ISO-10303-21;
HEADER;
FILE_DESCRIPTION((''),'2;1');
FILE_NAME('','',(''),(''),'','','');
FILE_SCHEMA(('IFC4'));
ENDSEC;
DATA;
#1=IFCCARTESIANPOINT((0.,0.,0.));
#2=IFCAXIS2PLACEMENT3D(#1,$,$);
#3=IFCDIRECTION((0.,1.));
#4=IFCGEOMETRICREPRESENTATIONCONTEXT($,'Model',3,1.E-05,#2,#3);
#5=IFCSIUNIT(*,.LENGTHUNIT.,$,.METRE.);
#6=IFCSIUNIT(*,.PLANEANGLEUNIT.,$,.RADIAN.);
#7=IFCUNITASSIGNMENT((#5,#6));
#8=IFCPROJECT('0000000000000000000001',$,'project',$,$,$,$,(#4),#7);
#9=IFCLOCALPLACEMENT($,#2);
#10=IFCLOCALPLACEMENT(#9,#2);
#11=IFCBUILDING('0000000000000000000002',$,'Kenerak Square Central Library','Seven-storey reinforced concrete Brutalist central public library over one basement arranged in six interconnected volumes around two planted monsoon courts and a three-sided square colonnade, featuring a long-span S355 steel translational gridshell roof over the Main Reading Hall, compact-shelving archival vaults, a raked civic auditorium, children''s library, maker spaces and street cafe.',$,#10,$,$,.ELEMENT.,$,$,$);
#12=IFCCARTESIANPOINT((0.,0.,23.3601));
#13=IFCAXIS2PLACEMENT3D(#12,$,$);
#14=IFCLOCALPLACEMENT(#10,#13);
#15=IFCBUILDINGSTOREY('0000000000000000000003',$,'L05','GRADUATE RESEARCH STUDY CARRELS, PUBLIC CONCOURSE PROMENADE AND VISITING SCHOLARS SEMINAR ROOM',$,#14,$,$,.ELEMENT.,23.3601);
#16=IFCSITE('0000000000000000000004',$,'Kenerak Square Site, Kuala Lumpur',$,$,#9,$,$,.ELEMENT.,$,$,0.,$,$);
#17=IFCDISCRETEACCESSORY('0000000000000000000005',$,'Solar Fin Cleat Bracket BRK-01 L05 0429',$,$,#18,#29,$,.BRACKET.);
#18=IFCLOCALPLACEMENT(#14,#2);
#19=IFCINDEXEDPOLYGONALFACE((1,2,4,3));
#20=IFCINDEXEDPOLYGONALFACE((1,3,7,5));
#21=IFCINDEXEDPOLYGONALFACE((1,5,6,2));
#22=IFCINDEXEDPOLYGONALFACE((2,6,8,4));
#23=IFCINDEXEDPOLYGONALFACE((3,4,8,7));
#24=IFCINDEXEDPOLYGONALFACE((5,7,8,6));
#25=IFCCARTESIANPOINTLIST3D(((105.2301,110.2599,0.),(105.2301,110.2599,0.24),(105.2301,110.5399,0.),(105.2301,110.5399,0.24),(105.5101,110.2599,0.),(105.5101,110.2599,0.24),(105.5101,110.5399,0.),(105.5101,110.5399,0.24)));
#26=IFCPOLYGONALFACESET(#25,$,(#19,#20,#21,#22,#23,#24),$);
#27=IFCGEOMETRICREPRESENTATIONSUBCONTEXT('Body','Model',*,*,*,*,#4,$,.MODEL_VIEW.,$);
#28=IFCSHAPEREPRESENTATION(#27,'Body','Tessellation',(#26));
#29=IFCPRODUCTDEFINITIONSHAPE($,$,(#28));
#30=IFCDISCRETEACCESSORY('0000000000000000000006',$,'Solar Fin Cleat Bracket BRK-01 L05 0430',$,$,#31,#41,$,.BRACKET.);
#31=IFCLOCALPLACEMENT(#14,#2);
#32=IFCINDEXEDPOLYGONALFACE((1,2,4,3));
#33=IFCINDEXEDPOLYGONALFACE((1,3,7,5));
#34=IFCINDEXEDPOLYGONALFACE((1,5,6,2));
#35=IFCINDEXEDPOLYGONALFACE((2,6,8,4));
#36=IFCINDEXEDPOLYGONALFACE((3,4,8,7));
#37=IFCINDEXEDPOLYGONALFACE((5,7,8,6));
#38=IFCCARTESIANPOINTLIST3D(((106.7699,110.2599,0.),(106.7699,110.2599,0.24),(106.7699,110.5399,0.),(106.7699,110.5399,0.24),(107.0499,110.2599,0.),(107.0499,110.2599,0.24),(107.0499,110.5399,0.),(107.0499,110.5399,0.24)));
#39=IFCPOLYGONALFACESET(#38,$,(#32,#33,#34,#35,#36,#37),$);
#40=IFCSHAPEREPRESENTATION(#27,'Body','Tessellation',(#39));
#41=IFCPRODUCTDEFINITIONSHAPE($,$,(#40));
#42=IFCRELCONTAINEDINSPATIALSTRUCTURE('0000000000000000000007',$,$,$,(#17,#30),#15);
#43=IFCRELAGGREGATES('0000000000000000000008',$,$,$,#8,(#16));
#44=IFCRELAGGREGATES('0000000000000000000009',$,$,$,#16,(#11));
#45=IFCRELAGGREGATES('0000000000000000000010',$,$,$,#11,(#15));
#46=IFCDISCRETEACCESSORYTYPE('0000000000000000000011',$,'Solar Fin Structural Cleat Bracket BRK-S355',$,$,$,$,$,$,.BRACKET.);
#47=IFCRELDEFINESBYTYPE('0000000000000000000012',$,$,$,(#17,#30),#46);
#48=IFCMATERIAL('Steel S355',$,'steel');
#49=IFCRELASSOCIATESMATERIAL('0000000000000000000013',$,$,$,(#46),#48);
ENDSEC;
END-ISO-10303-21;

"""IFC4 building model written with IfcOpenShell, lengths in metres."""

from ifc_helpers import new_model, si_unit, direction, frame, origin, origin_2d, place, context, subcontext, project, spatial, rectangle, extrude, material, type_object, element, save


model = new_model("IFC4")

# Units and contexts
model_context = context("Model", 3, precision=1e-05, world=origin(), true_north=direction((0.0, 1.0)))
body_context = subcontext(model_context, "Body", "Model", "MODEL_VIEW")
ifc_project = project(units=[si_unit("LENGTHUNIT", "METRE"), si_unit("PLANEANGLEUNIT", "RADIAN")], contexts=[model_context])

# Site, building, storey
site_placement = place(None, origin())
site = spatial("IfcSite", under=ifc_project, at=site_placement, Name="Kenerak Square Site, Kuala Lumpur", CompositionType="ELEMENT", RefElevation=0.0)
building_placement = place(site_placement, origin())
building = spatial("IfcBuilding", under=site, at=building_placement, Name="Kenerak Square Central Library", Description="Seven-storey reinforced concrete Brutalist central public library over one basement arranged in six interconnected volumes around two planted monsoon courts and a three-sided square colonnade, featuring a long-span S355 steel translational gridshell roof over the Main Reading Hall, compact-shelving archival vaults, a raked civic auditorium, children's library, maker spaces and street cafe.", CompositionType="ELEMENT")
storey_placement = place(building_placement, frame((0.0, 0.0, 23.3601)))
storey = spatial("IfcBuildingStorey", under=building, at=storey_placement, Name="L05", Description="GRADUATE RESEARCH STUDY CARRELS, PUBLIC CONCOURSE PROMENADE AND VISITING SCHOLARS SEMINAR ROOM", CompositionType="ELEMENT", Elevation=23.3601)

# Shared definitions
ifc_material_1 = material(Name="Steel S355", Category="steel")

# Discrete accessories
discrete_accessory_type = type_object("IfcDiscreteAccessoryType", Name="Solar Fin Structural Cleat Bracket BRK-S355", PredefinedType="BRACKET", material=ifc_material_1)
for number, where, z_axis, x_axis, name in (
    (1, (105.3701, 110.3999, 0.0), (0.0, 0.0, 1.0), (1.0, 0.0, 0.0), "Solar Fin Cleat Bracket BRK-01 L05 0429"),
    (2, (106.9099, 110.3999, 0.0), (0.0, 0.0, 1.0), (1.0, 0.0, 0.0), "Solar Fin Cleat Bracket BRK-01 L05 0430"),
):
    element("IfcDiscreteAccessory", number, at=place(storey_placement, frame(where, z_axis=z_axis, x_axis=x_axis)), inside=storey, type_object=discrete_accessory_type, Name=name, PredefinedType="BRACKET", context=body_context, shape_type="SweptSolid", body=[
        extrude(rectangle(XDim=0.28, YDim=0.28, at=origin_2d()), origin(), (0.0, 0.0, 1.0), 0.24),
    ])

save(model, "model.ifc")
